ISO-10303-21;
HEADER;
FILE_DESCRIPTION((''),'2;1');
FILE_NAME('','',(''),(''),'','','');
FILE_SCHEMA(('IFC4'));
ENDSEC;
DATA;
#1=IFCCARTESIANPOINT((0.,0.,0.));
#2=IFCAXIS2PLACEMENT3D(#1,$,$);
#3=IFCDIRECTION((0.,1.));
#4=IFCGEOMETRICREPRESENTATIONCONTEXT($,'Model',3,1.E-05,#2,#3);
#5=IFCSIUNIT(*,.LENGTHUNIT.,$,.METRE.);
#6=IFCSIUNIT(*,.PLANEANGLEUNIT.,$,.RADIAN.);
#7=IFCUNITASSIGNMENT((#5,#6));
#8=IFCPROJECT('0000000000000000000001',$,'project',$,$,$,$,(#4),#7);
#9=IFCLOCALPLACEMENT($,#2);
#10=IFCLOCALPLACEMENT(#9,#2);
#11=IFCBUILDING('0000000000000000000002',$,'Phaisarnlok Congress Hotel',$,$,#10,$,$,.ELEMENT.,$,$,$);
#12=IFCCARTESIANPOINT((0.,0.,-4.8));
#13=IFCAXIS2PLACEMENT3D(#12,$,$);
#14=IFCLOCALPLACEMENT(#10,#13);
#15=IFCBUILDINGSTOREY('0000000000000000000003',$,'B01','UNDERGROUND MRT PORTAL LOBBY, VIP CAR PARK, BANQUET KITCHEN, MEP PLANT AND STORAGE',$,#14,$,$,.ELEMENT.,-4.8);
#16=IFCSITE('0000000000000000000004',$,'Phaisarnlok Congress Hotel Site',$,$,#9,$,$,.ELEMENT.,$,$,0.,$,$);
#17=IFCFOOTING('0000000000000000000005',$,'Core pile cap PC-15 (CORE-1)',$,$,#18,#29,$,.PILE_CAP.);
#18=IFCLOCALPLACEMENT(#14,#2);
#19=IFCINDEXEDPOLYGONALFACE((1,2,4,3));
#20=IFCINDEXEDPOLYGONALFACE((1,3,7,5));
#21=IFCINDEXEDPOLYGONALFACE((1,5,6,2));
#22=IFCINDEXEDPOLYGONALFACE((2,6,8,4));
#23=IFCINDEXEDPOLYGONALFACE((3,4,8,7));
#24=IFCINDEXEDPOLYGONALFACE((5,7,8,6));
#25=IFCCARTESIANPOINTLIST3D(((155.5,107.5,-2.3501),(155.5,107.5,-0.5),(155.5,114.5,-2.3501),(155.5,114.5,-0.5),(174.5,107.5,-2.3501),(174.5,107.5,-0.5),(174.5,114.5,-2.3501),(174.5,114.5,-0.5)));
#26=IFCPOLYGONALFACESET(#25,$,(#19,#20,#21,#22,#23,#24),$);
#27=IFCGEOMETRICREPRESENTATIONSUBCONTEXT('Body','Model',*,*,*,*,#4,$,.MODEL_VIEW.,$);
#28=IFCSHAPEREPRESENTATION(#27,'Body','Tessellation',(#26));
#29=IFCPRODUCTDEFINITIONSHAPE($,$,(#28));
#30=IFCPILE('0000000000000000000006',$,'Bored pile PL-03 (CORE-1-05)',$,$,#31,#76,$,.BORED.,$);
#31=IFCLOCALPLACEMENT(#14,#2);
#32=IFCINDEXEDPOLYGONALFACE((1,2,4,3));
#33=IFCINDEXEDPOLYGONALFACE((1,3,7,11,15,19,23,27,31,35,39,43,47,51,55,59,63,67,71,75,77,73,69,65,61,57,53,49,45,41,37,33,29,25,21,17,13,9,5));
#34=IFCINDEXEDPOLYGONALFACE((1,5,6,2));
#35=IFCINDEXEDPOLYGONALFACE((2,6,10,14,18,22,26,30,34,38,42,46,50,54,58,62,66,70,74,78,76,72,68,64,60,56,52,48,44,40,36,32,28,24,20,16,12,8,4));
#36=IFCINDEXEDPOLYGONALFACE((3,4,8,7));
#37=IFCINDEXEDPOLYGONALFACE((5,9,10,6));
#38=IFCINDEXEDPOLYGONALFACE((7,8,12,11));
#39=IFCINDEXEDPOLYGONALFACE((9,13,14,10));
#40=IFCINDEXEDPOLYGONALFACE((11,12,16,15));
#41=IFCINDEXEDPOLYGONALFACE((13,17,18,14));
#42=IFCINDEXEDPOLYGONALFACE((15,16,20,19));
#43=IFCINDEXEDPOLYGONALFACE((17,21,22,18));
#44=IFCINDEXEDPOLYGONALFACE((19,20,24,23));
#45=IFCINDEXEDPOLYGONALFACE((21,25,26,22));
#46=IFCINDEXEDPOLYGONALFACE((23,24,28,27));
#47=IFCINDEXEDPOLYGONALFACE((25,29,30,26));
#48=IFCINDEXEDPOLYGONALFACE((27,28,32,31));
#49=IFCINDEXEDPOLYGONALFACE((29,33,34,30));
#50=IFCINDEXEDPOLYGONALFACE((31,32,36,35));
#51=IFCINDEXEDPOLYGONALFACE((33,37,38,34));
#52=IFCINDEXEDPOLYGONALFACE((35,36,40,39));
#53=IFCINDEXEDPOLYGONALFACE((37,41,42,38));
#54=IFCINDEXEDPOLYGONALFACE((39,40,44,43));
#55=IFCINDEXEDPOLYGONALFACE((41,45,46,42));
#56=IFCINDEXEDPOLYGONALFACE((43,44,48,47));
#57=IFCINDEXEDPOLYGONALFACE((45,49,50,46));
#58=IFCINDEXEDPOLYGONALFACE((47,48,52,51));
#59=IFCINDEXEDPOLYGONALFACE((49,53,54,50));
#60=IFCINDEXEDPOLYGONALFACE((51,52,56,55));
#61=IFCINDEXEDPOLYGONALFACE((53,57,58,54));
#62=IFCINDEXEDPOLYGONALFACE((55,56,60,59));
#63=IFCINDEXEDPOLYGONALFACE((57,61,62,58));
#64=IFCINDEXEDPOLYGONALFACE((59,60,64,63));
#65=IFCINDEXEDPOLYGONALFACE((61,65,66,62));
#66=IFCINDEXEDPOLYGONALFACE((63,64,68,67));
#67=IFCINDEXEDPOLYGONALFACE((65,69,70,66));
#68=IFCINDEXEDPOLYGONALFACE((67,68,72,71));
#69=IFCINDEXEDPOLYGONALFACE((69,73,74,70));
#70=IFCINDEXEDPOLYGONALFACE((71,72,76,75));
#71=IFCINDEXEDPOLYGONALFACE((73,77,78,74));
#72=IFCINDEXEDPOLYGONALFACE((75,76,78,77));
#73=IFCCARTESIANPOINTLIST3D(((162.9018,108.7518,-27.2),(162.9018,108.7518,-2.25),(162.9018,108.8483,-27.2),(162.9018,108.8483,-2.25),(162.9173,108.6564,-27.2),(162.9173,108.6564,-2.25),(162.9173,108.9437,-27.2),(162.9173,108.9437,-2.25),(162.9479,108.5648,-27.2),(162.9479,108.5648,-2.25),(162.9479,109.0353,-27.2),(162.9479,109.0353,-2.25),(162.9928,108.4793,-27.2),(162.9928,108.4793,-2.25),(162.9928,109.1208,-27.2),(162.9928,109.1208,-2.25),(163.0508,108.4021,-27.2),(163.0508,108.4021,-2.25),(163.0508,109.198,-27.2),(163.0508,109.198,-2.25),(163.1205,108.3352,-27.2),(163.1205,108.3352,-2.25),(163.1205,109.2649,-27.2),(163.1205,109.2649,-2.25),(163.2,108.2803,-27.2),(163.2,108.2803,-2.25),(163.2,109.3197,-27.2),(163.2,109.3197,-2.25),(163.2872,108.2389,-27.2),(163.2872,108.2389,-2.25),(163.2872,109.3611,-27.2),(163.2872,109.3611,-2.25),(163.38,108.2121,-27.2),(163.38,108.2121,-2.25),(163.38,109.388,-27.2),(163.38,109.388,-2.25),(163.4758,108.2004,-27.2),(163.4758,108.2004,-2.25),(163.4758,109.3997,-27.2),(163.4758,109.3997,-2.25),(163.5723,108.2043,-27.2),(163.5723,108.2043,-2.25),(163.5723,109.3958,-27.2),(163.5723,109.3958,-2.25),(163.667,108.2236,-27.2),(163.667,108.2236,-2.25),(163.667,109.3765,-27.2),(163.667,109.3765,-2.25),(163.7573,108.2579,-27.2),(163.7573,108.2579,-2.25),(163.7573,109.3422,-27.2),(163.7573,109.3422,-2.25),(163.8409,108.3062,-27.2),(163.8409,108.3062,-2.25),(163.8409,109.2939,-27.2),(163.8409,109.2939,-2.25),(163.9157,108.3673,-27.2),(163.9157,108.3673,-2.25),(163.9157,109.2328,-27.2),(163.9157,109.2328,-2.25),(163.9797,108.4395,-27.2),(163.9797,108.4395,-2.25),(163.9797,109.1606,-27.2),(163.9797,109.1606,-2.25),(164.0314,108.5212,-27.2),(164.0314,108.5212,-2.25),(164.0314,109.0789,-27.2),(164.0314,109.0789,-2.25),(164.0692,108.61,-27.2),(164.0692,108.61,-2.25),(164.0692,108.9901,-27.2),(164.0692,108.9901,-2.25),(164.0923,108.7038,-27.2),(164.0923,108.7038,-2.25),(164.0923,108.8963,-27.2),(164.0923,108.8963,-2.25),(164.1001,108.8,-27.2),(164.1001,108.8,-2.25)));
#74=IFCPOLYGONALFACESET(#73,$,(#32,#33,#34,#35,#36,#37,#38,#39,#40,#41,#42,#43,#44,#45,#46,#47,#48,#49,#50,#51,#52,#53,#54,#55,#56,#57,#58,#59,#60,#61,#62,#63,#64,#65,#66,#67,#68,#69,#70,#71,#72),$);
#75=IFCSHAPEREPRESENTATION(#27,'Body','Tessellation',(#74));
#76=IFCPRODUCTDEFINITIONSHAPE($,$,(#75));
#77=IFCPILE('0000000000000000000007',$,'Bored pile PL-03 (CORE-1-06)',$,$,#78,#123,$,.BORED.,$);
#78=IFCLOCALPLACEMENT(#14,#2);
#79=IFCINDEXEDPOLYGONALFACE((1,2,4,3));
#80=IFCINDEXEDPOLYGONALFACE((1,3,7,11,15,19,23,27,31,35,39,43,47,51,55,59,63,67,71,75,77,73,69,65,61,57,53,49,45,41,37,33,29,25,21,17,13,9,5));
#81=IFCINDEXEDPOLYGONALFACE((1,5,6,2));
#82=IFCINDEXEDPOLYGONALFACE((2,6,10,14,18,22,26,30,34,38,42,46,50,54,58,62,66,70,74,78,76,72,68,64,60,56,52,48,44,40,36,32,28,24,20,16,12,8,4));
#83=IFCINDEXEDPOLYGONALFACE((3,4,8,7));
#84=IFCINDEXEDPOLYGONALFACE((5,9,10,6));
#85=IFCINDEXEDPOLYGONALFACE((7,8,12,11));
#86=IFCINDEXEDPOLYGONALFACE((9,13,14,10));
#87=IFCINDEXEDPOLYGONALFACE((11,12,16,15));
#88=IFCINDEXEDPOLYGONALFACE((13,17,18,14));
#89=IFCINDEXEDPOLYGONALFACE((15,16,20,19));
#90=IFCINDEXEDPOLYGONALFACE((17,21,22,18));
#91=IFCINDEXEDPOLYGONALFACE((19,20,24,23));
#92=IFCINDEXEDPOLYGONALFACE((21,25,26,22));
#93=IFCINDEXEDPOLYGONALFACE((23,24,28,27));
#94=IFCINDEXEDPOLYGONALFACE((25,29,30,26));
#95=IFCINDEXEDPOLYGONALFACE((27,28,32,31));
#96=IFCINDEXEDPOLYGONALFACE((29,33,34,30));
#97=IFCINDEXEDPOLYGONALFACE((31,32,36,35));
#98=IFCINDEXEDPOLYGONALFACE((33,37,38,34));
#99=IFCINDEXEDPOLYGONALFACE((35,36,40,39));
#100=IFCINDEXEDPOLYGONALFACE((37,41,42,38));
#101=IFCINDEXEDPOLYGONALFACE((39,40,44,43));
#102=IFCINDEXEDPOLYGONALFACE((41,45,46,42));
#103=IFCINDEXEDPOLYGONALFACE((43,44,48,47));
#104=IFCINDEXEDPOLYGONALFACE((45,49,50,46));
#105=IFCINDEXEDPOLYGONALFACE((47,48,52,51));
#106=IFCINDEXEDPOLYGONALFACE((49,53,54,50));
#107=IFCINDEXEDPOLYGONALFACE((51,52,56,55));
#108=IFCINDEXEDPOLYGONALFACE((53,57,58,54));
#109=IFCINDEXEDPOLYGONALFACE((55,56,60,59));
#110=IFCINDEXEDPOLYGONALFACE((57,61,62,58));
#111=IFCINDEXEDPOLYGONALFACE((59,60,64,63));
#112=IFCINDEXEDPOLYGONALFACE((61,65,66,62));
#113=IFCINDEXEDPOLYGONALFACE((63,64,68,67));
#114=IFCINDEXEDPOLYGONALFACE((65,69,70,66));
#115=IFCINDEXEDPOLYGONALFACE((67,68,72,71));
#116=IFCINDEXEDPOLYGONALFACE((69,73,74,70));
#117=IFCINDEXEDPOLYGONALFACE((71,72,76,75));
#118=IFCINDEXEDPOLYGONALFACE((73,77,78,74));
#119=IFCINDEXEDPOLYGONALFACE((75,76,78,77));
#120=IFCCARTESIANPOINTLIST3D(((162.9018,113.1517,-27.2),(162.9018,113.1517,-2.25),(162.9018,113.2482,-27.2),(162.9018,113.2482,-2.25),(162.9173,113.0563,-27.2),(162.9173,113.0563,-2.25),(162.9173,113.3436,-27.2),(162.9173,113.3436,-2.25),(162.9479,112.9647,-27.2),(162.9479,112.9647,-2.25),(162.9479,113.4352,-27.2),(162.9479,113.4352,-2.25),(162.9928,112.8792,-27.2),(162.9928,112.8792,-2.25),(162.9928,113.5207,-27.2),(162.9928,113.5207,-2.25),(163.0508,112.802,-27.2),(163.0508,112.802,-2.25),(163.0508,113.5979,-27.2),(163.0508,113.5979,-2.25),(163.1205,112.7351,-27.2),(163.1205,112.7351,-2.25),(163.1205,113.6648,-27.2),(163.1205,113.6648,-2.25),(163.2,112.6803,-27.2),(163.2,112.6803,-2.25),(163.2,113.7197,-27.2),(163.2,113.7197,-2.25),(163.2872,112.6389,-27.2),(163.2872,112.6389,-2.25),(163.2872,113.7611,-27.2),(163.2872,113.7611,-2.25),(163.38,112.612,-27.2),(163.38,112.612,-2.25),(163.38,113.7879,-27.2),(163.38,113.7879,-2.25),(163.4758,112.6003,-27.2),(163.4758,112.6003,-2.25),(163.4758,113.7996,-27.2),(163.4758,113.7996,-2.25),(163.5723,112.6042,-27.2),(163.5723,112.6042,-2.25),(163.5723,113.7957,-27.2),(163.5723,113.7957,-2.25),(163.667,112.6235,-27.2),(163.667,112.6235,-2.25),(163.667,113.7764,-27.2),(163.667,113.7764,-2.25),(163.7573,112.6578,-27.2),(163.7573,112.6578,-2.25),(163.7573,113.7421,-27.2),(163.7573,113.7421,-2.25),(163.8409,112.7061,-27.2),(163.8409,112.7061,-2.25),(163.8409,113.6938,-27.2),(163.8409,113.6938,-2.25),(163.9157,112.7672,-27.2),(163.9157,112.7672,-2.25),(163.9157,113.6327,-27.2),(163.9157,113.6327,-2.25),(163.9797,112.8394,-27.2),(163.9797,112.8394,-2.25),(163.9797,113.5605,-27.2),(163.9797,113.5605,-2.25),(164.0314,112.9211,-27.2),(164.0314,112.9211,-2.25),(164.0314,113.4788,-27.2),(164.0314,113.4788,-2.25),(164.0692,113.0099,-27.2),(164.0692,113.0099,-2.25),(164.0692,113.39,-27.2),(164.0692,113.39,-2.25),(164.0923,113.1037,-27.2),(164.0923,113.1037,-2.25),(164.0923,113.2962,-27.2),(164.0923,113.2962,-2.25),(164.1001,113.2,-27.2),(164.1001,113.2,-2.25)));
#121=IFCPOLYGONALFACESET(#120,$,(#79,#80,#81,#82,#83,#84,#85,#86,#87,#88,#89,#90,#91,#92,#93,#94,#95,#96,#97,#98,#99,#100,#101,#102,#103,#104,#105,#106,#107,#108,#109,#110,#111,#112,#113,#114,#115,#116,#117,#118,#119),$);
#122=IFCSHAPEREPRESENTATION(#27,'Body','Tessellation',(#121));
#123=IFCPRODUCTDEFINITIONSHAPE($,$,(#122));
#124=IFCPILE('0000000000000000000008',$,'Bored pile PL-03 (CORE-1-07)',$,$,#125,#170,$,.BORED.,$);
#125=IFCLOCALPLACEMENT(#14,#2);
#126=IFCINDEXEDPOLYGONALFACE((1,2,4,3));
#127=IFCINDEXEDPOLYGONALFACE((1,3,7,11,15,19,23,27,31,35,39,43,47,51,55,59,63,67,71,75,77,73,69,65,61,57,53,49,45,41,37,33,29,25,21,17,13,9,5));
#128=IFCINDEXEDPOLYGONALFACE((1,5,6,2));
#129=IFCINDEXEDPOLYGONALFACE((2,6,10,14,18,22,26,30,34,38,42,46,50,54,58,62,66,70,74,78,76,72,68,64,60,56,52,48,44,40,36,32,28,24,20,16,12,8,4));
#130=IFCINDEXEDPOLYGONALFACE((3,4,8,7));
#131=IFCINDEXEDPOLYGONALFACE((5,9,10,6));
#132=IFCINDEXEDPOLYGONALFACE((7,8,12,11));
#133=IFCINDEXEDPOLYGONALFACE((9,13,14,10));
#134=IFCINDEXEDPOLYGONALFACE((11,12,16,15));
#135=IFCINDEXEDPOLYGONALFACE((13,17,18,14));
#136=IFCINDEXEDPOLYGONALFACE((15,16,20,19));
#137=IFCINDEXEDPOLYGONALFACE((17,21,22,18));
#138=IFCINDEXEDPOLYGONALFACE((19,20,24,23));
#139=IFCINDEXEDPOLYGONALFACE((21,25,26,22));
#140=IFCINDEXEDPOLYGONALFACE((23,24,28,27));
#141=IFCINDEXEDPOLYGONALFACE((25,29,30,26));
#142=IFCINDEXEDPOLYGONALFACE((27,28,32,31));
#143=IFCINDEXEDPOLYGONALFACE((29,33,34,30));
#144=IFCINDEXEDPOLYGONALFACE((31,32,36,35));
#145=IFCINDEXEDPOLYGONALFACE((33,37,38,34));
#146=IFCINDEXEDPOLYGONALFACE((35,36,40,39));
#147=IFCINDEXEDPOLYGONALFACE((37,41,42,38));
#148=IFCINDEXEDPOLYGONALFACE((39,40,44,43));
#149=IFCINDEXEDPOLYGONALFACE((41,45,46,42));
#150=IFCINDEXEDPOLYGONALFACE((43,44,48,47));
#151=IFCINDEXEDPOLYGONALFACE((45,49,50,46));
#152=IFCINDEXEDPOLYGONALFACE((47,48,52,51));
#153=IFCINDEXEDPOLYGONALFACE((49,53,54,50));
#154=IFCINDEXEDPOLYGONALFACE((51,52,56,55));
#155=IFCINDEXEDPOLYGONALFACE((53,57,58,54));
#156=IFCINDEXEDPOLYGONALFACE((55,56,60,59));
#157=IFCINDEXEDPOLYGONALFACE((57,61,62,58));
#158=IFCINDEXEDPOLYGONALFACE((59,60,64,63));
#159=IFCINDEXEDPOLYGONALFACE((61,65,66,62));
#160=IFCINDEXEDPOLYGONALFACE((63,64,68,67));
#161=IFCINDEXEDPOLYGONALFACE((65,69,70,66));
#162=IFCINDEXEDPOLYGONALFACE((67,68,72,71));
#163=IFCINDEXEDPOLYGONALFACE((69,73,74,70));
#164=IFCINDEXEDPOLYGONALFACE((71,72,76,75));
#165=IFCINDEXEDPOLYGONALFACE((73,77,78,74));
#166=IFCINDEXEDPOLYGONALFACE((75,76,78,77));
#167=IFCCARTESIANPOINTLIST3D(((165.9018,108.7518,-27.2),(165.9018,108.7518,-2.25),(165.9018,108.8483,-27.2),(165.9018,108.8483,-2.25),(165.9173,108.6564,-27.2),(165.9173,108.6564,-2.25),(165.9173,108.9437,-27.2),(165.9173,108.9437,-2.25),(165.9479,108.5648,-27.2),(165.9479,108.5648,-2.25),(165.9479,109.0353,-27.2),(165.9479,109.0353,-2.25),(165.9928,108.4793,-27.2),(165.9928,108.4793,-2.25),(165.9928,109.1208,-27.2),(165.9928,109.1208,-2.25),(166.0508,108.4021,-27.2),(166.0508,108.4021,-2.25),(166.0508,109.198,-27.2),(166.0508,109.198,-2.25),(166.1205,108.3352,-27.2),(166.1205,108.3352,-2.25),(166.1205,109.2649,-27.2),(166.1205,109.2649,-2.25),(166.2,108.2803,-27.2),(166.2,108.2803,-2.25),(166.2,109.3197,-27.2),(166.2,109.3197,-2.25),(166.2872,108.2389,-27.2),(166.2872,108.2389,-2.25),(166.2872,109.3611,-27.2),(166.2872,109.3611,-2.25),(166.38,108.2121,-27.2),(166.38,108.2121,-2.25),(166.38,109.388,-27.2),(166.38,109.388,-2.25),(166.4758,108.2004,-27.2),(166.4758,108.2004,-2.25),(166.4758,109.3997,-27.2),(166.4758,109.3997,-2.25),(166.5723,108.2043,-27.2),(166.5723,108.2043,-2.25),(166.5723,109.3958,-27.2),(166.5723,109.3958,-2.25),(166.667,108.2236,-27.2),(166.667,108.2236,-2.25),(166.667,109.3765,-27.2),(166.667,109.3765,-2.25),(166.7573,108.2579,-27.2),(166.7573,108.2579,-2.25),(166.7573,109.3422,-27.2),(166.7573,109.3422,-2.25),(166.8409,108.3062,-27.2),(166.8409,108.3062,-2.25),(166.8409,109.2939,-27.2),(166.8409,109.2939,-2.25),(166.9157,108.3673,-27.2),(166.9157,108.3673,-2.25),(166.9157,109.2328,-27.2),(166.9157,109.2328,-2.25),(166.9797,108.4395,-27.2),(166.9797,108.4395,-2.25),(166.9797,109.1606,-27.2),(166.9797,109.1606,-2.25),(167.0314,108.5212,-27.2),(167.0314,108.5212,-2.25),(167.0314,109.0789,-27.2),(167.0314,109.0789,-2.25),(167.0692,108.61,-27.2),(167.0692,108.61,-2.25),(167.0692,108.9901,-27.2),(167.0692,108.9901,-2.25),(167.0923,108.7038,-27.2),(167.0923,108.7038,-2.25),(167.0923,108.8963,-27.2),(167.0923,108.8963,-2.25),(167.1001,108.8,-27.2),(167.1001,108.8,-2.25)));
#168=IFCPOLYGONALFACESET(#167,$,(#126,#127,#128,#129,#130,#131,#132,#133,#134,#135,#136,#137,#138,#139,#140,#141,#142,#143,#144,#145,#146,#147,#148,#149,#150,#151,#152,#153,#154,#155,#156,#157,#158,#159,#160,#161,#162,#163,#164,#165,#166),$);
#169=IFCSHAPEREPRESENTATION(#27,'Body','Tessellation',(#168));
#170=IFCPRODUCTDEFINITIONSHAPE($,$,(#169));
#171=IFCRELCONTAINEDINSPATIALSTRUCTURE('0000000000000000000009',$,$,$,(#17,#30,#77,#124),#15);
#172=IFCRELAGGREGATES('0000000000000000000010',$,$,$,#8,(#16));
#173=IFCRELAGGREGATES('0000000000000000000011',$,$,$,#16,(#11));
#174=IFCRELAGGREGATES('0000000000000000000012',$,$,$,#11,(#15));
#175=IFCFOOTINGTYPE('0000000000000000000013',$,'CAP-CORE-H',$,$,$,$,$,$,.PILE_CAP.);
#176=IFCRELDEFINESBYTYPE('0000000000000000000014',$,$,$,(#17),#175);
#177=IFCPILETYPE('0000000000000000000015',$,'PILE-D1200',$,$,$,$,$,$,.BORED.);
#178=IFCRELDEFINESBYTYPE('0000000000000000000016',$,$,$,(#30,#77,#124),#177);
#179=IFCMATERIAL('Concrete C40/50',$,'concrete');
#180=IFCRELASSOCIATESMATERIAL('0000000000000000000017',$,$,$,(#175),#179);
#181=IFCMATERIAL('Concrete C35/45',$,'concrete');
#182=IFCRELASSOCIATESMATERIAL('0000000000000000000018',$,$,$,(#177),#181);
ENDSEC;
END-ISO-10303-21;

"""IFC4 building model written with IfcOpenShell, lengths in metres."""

from ifc_helpers import new_model, si_unit, direction, frame, origin, origin_2d, place, context, subcontext, project, spatial, rectangle, circle, extrude, material, material_profile, profile_set, type_object, element, save


model = new_model("IFC4")

# Units and contexts
model_context = context("Model", 3, precision=1e-05, world=origin(), true_north=direction((0.0, 1.0)))
body_context = subcontext(model_context, "Body", "Model", "MODEL_VIEW")
ifc_project = project(units=[si_unit("LENGTHUNIT", "METRE"), si_unit("PLANEANGLEUNIT", "RADIAN")], contexts=[model_context])

# Site, building, storey
site_placement = place(None, origin())
site = spatial("IfcSite", under=ifc_project, at=site_placement, Name="Phaisarnlok Congress Hotel Site", CompositionType="ELEMENT", RefElevation=0.0)
building_placement = place(site_placement, origin())
building = spatial("IfcBuilding", under=site, at=building_placement, Name="Phaisarnlok Congress Hotel", CompositionType="ELEMENT")
storey_placement = place(building_placement, frame((0.0, 0.0, -4.8)))
storey = spatial("IfcBuildingStorey", under=building, at=storey_placement, Name="B01", Description="UNDERGROUND MRT PORTAL LOBBY, VIP CAR PARK, BANQUET KITCHEN, MEP PLANT AND STORAGE", CompositionType="ELEMENT", Elevation=-4.8)

# Footing
ifc_material_1 = material(Name="Concrete C40/50", Category="concrete")
footing_type = type_object("IfcFootingType", Name="CAP-CORE-H", PredefinedType="PILE_CAP", material=ifc_material_1)
footing_placement = place(storey_placement, frame((165.0, 111.0, -2.3501), z_axis=(0.0, 0.0, 1.0), x_axis=(1.0, 0.0, 0.0)))
element("IfcFooting", 1, at=footing_placement, inside=storey, type_object=footing_type, Name="Core pile cap PC-15 (CORE-1)", PredefinedType="PILE_CAP", context=body_context, shape_type="SweptSolid", body=[
    extrude(rectangle(XDim=19.0, YDim=7.0, at=origin_2d()), origin(), (0.0, 0.0, 1.0), 1.8501),
])

# Piles
ifc_material_2 = material(Name="Concrete C35/45", Category="concrete")
ifc_material_profile_1 = material_profile(ifc_material_2, circle(Radius=0.6001, at=origin_2d()), Name="BORED PILE D1200")
ifc_profile_set_1 = profile_set([ifc_material_profile_1], Name="Concrete C35/45")
pile_type = type_object("IfcPileType", Name="PILE-D1200", PredefinedType="BORED", material=ifc_profile_set_1)
for number, where, z_axis, x_axis, name in (
    (2, (163.5, 108.8, -2.25), (0.0, 0.0, -1.0), (1.0, 0.0, 0.0), "Bored pile PL-03 (CORE-1-05)"),
    (3, (163.5, 113.2, -2.25), (0.0, 0.0, -1.0), (1.0, 0.0, 0.0), "Bored pile PL-03 (CORE-1-06)"),
    (4, (166.5, 108.8, -2.25), (0.0, 0.0, -1.0), (1.0, 0.0, 0.0), "Bored pile PL-03 (CORE-1-07)"),
):
    element("IfcPile", number, at=place(storey_placement, frame(where, z_axis=z_axis, x_axis=x_axis)), inside=storey, type_object=pile_type, Name=name, PredefinedType="BORED", context=body_context, shape_type="SweptSolid", body=[
        extrude(circle(Radius=0.6001, at=origin_2d()), origin(), (0.0, 0.0, 1.0), 24.95),
    ])

save(model, "model.ifc")
